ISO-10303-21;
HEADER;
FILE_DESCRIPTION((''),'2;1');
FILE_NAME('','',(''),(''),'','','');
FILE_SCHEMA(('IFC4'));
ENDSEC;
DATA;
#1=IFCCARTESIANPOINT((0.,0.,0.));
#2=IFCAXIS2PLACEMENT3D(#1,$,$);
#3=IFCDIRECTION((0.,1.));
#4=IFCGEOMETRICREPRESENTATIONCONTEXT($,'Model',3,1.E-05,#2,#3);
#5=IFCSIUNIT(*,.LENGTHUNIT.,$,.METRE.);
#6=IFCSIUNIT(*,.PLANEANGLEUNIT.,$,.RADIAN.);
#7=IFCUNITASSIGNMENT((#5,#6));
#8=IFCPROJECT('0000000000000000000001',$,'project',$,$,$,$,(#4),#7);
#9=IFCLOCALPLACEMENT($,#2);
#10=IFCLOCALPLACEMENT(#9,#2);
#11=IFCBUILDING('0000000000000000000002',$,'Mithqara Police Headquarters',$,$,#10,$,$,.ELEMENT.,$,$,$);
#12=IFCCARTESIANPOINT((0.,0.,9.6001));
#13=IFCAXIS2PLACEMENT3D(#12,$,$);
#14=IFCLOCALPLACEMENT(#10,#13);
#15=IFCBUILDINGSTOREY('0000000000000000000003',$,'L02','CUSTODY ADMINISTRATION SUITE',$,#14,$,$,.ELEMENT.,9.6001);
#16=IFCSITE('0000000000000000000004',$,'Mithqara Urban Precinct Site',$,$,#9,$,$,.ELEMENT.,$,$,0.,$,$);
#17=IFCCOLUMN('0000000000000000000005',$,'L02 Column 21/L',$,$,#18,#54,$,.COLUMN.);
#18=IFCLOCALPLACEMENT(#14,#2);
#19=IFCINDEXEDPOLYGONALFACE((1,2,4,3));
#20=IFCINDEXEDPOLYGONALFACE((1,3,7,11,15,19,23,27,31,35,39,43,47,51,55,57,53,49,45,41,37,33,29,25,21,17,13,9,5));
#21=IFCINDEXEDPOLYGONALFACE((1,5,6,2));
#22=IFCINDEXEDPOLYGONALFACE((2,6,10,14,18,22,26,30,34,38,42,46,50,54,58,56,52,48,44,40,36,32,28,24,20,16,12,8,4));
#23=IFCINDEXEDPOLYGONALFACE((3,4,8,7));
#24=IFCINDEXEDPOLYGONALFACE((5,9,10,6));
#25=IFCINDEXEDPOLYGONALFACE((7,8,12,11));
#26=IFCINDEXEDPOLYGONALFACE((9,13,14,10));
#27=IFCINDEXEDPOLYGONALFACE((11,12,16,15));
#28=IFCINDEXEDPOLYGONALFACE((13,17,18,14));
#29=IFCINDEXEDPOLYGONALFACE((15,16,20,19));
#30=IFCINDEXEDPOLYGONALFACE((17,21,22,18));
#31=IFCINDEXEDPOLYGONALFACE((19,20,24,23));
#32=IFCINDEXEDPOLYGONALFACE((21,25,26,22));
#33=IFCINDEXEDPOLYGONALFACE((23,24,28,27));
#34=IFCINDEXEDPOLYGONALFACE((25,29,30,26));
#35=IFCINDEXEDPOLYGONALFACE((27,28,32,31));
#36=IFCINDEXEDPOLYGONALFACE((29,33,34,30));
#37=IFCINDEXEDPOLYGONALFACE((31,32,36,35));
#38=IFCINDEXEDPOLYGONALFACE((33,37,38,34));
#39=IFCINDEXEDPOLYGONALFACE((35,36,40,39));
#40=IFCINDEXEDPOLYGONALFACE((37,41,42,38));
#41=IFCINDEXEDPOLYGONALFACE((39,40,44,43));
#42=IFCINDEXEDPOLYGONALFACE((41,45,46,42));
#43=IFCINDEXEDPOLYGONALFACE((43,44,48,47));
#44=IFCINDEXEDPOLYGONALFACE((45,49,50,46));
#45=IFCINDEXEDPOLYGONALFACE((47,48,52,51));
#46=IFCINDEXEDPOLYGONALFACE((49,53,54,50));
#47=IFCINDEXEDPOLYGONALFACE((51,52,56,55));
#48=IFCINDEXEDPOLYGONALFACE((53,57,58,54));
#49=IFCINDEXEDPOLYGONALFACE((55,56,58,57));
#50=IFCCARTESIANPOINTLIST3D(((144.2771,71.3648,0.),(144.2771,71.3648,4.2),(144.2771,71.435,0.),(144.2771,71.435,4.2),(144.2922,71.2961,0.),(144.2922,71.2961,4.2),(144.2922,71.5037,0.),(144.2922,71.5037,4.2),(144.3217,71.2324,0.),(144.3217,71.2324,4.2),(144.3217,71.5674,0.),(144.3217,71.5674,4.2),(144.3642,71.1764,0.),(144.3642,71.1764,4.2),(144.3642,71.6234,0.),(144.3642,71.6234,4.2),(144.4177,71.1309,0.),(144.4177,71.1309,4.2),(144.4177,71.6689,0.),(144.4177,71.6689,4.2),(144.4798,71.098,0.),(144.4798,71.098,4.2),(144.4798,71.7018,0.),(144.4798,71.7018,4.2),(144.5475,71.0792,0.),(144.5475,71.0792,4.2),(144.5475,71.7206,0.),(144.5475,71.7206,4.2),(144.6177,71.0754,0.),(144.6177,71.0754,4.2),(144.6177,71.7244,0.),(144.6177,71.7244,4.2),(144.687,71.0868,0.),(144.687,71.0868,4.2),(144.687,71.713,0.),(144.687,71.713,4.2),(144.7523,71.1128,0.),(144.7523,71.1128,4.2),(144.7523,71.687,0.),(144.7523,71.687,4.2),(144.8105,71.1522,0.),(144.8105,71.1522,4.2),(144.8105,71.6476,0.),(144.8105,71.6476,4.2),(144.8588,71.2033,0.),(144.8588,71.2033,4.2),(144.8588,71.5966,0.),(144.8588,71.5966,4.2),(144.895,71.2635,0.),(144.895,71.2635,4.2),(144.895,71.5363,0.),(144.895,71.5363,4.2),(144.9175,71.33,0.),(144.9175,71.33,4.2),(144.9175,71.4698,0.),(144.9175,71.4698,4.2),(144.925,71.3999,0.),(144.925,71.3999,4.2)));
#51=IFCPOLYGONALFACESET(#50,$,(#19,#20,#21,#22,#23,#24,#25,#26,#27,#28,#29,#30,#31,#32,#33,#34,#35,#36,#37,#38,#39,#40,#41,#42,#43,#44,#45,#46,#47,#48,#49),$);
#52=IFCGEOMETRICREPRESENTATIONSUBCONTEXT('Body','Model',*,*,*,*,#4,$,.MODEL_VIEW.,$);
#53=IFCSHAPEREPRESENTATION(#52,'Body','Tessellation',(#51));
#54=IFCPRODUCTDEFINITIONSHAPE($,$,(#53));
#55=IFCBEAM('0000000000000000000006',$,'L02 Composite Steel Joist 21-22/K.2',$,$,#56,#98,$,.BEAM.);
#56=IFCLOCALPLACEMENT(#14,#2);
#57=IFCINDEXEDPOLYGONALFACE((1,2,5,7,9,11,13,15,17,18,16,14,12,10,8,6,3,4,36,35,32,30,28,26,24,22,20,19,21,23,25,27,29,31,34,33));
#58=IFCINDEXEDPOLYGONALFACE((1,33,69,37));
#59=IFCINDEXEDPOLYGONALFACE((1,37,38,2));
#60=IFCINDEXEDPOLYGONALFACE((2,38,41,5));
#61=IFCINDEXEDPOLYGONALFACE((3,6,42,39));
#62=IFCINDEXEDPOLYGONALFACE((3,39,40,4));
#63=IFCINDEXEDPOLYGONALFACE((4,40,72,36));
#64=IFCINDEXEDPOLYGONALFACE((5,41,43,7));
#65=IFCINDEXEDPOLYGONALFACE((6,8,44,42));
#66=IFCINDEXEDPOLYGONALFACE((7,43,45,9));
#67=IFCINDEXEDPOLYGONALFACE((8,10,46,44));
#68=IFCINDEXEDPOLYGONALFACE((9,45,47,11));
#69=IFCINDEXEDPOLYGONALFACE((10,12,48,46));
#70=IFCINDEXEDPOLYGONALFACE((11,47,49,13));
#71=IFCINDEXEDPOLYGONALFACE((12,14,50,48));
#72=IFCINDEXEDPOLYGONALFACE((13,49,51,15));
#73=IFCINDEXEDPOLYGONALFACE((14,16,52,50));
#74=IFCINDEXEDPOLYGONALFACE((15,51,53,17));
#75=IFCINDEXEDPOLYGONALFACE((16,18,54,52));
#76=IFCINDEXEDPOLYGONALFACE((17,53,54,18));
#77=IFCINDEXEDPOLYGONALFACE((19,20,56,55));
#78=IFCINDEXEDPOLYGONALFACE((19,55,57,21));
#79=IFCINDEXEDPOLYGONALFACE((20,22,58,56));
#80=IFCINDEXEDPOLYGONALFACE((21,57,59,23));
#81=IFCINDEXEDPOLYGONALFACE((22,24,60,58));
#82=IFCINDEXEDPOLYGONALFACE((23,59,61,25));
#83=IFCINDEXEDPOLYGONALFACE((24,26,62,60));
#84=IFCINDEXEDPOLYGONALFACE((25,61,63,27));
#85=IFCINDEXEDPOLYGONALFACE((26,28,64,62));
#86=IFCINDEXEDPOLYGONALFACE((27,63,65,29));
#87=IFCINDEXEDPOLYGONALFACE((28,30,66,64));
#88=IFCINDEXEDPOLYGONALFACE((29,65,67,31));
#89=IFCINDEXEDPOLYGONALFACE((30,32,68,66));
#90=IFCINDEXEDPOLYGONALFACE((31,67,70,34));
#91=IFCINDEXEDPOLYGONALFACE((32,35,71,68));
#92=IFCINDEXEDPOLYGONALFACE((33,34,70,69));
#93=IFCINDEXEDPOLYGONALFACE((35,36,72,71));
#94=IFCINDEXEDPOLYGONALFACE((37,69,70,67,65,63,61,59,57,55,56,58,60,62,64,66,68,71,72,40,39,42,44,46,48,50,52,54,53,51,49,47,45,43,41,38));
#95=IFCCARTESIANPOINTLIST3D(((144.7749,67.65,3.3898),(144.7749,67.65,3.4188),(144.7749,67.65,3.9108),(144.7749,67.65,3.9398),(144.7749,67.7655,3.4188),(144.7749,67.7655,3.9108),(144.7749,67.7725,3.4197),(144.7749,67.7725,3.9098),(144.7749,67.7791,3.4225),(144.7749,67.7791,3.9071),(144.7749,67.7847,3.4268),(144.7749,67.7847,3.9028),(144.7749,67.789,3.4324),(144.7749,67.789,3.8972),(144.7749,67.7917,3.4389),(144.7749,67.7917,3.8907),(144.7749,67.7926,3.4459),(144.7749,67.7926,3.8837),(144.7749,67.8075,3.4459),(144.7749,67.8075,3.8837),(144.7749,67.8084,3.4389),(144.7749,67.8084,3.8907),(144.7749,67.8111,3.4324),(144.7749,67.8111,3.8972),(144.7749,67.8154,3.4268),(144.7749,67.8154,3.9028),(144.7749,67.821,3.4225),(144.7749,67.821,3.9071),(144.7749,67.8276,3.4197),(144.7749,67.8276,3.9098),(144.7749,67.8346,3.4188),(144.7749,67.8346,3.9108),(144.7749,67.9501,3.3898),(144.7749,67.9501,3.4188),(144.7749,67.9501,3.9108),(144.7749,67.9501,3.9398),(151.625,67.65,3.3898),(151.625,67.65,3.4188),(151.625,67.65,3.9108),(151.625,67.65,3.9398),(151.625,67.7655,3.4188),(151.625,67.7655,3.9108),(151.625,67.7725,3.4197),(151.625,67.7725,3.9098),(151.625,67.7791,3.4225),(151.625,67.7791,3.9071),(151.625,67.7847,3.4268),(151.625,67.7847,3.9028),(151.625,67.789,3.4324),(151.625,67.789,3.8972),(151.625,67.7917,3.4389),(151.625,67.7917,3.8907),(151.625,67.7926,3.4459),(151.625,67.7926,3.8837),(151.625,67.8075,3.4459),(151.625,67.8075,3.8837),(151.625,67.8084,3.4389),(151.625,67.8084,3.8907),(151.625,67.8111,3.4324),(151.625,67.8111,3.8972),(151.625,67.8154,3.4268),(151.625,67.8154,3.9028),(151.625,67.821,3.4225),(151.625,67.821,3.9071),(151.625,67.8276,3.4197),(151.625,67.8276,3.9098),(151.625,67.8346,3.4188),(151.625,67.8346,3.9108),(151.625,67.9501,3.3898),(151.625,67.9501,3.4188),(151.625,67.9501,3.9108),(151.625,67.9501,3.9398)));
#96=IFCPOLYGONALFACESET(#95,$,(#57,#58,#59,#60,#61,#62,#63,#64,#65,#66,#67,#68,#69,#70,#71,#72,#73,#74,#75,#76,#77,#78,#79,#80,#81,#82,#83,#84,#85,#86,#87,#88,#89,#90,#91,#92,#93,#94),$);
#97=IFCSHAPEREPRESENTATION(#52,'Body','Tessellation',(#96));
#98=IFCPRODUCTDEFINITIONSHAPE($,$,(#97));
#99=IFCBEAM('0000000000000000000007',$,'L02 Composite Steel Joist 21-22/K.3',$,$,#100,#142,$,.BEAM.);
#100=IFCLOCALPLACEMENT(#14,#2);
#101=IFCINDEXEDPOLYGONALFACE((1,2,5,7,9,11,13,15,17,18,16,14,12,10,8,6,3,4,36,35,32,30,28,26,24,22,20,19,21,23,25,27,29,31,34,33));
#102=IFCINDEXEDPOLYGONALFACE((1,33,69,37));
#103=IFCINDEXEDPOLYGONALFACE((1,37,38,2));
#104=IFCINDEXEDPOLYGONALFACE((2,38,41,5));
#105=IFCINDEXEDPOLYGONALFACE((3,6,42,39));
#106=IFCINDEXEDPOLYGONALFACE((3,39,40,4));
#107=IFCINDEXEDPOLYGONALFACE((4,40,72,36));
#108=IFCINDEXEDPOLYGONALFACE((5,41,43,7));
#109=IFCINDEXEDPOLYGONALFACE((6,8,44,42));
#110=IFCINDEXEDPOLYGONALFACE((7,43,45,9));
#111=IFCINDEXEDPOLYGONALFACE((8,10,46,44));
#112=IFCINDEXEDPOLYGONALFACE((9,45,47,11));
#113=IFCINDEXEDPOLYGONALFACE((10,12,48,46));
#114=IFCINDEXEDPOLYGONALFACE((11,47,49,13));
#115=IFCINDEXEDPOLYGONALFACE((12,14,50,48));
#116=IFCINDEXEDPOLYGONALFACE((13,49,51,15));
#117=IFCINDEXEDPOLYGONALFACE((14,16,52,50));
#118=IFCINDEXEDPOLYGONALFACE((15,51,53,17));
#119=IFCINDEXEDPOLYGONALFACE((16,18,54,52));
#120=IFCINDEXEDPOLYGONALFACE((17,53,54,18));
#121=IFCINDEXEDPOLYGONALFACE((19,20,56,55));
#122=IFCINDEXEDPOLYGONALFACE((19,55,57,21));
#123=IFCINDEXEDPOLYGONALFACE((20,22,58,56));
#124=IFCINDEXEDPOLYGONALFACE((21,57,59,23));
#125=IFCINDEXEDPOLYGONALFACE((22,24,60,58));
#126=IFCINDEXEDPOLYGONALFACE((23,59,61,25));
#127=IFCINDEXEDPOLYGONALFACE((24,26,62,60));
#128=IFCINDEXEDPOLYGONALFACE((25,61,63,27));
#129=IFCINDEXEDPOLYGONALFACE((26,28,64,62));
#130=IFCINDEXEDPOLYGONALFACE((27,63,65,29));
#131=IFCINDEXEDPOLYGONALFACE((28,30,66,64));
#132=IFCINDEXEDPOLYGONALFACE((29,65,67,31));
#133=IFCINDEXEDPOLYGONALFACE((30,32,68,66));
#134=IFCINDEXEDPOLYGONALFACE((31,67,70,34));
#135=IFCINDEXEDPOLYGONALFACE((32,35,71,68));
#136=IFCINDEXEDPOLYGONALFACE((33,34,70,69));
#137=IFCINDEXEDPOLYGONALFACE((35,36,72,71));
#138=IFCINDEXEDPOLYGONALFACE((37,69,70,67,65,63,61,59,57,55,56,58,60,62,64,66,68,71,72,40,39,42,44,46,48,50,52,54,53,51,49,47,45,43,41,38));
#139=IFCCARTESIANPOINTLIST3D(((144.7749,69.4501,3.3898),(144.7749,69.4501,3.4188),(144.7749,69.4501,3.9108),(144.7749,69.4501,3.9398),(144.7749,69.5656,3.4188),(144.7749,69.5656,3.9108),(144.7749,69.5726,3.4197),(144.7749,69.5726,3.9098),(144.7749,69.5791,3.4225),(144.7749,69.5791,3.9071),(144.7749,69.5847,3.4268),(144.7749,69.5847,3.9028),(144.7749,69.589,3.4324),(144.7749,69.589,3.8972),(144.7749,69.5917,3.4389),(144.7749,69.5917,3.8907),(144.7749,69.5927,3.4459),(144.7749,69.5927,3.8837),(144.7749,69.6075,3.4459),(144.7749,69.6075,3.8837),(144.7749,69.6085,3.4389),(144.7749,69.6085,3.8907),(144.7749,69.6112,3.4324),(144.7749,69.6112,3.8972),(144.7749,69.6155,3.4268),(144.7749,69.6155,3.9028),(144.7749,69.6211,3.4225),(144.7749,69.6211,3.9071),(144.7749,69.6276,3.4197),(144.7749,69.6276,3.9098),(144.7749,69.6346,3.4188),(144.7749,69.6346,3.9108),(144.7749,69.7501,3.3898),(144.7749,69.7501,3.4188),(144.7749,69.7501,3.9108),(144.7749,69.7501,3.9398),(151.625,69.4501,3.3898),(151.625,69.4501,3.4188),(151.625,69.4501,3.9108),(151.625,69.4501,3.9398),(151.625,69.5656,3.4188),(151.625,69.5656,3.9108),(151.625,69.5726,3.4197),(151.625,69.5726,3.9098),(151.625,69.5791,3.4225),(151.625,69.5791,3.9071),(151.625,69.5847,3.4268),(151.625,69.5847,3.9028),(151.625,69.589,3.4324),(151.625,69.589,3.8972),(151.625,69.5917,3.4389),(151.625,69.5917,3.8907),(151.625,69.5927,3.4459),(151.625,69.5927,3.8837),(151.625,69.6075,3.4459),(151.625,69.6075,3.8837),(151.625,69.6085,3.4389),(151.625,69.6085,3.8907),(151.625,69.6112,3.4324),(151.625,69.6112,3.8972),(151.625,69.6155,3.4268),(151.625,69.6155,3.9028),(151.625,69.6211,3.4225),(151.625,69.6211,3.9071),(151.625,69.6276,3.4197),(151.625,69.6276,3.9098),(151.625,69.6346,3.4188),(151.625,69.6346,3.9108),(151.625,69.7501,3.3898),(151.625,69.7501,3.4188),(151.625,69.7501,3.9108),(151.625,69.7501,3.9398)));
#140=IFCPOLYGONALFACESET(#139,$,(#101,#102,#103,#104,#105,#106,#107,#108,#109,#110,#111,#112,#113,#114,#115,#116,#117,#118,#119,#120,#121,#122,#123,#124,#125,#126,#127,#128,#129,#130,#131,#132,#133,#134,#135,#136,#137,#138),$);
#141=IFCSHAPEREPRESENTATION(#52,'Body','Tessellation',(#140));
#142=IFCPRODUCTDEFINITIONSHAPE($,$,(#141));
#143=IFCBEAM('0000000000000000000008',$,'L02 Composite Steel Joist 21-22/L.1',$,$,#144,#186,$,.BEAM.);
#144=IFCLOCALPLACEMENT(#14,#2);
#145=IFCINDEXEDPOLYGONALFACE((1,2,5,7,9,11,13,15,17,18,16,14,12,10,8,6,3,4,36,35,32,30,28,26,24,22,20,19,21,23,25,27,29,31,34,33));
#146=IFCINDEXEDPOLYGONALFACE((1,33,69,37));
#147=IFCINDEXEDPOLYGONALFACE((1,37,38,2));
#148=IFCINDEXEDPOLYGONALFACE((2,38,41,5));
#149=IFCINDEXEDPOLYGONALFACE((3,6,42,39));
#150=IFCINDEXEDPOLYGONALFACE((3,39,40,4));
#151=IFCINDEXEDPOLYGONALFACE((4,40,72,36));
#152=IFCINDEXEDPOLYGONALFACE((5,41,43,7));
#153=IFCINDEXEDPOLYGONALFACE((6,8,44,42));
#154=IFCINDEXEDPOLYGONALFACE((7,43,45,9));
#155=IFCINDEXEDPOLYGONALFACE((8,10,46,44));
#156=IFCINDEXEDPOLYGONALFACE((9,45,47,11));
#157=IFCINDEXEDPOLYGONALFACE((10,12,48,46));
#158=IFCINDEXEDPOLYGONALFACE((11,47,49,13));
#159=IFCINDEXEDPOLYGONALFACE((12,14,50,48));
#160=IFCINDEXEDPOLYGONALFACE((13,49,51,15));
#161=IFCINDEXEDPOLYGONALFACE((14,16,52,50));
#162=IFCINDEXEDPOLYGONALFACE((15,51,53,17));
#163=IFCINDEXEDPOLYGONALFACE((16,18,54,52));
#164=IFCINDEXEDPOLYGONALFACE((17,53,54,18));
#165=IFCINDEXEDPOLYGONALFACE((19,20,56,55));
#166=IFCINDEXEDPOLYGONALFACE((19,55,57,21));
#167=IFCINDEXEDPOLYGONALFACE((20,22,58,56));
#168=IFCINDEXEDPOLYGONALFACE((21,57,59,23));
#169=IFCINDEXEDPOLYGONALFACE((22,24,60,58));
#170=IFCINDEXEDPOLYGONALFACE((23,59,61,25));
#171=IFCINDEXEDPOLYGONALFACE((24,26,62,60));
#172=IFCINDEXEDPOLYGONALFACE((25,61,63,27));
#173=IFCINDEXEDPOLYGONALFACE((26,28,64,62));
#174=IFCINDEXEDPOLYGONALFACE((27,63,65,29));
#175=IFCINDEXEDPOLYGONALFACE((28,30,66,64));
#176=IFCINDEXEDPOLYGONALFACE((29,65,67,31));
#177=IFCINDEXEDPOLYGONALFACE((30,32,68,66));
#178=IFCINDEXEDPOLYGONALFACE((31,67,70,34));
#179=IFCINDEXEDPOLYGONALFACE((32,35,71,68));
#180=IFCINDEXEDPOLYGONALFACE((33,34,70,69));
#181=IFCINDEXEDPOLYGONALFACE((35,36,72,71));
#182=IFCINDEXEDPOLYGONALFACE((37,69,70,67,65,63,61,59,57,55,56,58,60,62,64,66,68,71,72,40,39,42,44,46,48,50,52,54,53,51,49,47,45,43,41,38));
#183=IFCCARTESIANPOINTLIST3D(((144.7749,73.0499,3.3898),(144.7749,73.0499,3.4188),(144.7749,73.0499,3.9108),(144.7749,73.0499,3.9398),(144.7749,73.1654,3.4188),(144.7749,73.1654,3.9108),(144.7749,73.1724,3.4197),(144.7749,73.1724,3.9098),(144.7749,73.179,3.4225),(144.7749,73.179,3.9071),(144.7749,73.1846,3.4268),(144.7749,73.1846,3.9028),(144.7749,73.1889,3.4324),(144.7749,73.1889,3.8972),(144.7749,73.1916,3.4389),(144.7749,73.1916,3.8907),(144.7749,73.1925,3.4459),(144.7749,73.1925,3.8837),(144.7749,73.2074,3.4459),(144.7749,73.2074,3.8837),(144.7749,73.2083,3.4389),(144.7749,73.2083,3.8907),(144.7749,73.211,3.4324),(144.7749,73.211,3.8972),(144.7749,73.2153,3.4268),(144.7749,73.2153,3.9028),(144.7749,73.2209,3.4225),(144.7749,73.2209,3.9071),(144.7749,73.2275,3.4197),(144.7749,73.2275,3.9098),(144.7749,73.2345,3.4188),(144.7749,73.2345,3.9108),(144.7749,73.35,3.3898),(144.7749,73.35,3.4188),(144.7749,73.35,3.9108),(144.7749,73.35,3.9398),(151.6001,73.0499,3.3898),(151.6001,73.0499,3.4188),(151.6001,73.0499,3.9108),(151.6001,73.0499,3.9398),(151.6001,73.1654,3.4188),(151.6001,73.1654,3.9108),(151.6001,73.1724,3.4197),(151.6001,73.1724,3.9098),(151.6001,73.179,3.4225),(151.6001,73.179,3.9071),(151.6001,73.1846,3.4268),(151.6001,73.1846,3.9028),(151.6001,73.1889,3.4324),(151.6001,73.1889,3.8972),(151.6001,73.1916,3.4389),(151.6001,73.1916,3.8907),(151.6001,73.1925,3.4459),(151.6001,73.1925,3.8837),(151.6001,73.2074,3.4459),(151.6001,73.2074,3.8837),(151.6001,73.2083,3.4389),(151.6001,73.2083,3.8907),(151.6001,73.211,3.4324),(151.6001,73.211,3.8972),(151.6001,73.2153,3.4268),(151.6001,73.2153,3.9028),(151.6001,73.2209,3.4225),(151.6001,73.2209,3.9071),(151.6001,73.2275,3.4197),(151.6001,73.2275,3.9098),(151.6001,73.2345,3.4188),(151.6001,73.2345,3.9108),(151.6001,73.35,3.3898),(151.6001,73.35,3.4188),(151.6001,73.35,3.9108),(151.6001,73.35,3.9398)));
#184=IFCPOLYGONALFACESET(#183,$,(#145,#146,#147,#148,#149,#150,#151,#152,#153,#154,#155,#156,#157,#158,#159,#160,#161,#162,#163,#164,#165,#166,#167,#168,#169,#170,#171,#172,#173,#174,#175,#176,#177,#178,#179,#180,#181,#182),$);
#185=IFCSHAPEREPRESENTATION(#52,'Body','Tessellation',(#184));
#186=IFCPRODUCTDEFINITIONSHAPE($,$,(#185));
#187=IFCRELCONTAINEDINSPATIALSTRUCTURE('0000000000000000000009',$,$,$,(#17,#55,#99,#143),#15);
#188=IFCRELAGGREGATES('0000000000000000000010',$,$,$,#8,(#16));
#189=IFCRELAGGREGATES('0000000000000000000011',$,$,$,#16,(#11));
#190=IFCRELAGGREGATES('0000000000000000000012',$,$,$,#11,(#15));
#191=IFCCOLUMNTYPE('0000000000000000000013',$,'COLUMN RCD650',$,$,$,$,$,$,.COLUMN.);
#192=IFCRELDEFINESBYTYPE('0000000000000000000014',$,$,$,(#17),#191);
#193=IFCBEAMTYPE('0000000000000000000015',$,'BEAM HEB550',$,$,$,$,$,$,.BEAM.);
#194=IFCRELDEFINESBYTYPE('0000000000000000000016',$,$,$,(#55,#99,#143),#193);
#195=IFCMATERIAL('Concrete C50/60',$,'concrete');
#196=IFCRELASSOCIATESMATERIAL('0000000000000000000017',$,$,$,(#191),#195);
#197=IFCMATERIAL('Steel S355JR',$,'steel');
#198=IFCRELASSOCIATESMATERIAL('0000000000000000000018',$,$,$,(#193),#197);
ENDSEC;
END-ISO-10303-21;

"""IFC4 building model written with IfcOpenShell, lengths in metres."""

from ifc_helpers import new_model, si_unit, direction, frame, origin, origin_2d, place, context, subcontext, project, spatial, circle, i_section, extrude, material, material_profile, profile_set, type_object, element, save


model = new_model("IFC4")

# Units and contexts
model_context = context("Model", 3, precision=1e-05, world=origin(), true_north=direction((0.0, 1.0)))
body_context = subcontext(model_context, "Body", "Model", "MODEL_VIEW")
ifc_project = project(units=[si_unit("LENGTHUNIT", "METRE"), si_unit("PLANEANGLEUNIT", "RADIAN")], contexts=[model_context])

# Site, building, storey
site_placement = place(None, origin())
site = spatial("IfcSite", under=ifc_project, at=site_placement, Name="Mithqara Urban Precinct Site", CompositionType="ELEMENT", RefElevation=0.0)
building_placement = place(site_placement, origin())
building = spatial("IfcBuilding", under=site, at=building_placement, Name="Mithqara Police Headquarters", CompositionType="ELEMENT")
storey_placement = place(building_placement, frame((0.0, 0.0, 9.6001)))
storey = spatial("IfcBuildingStorey", under=building, at=storey_placement, Name="L02", Description="CUSTODY ADMINISTRATION SUITE", CompositionType="ELEMENT", Elevation=9.6001)

# Column
ifc_material_1 = material(Name="Concrete C50/60", Category="concrete")
ifc_material_profile_1 = material_profile(ifc_material_1, circle(Radius=0.325, at=origin_2d()), Name="RCD 650")
ifc_profile_set_1 = profile_set([ifc_material_profile_1], Name="Concrete C50/60")
column_type = type_object("IfcColumnType", Name="COLUMN RCD650", PredefinedType="COLUMN", material=ifc_profile_set_1)
column_placement = place(storey_placement, frame((144.6001, 71.3999, 0.0), z_axis=(0.0, 0.0, 1.0), x_axis=(1.0, 0.0, 0.0)))
element("IfcColumn", 1, at=column_placement, inside=storey, type_object=column_type, Name="L02 Column 21/L", PredefinedType="COLUMN", context=body_context, shape_type="SweptSolid", body=[
    extrude(circle(Radius=0.325, at=origin_2d()), origin(), (0.0, 0.0, 1.0), 4.2),
])

# Beams
ifc_material_2 = material(Name="Steel S355JR", Category="steel")
ifc_material_profile_2 = material_profile(ifc_material_2, i_section(OverallWidth=0.3, OverallDepth=0.55, WebThickness=0.0149, FlangeThickness=0.0291, FilletRadius=0.0271, at=origin_2d()), Name="HEB 550")
ifc_profile_set_2 = profile_set([ifc_material_profile_2], Name="Steel S355JR")
beam_type_1 = type_object("IfcBeamType", Name="BEAM HEB550", PredefinedType="BEAM", material=ifc_profile_set_2)
for number, where, z_axis, x_axis, name in (
    (2, (144.7749, 67.8, 3.6648), (1.0, 0.0, 0.0), (0.0, 1.0, 0.0), "L02 Composite Steel Joist 21-22/K.2"),
    (3, (144.7749, 69.6001, 3.6648), (1.0, 0.0, 0.0), (0.0, 1.0, 0.0), "L02 Composite Steel Joist 21-22/K.3"),
):
    element("IfcBeam", number, at=place(storey_placement, frame(where, z_axis=z_axis, x_axis=x_axis)), inside=storey, type_object=beam_type_1, Name=name, PredefinedType="BEAM", context=body_context, shape_type="SweptSolid", body=[
        extrude(i_section(OverallWidth=0.3, OverallDepth=0.55, WebThickness=0.0149, FlangeThickness=0.0291, FilletRadius=0.0271, at=origin_2d()), origin(), (0.0, 0.0, 1.0), 6.8501),
    ])
for number, where, z_axis, x_axis, name in (
    (4, (144.7749, 73.2, 3.6648), (1.0, 0.0, 0.0), (0.0, 1.0, 0.0), "L02 Composite Steel Joist 21-22/L.1"),
):
    element("IfcBeam", number, at=place(storey_placement, frame(where, z_axis=z_axis, x_axis=x_axis)), inside=storey, type_object=beam_type_1, Name=name, PredefinedType="BEAM", context=body_context, shape_type="SweptSolid", body=[
        extrude(i_section(OverallWidth=0.3, OverallDepth=0.55, WebThickness=0.0149, FlangeThickness=0.0291, FilletRadius=0.0271, at=origin_2d()), origin(), (0.0, 0.0, 1.0), 6.8252),
    ])

save(model, "model.ifc")
